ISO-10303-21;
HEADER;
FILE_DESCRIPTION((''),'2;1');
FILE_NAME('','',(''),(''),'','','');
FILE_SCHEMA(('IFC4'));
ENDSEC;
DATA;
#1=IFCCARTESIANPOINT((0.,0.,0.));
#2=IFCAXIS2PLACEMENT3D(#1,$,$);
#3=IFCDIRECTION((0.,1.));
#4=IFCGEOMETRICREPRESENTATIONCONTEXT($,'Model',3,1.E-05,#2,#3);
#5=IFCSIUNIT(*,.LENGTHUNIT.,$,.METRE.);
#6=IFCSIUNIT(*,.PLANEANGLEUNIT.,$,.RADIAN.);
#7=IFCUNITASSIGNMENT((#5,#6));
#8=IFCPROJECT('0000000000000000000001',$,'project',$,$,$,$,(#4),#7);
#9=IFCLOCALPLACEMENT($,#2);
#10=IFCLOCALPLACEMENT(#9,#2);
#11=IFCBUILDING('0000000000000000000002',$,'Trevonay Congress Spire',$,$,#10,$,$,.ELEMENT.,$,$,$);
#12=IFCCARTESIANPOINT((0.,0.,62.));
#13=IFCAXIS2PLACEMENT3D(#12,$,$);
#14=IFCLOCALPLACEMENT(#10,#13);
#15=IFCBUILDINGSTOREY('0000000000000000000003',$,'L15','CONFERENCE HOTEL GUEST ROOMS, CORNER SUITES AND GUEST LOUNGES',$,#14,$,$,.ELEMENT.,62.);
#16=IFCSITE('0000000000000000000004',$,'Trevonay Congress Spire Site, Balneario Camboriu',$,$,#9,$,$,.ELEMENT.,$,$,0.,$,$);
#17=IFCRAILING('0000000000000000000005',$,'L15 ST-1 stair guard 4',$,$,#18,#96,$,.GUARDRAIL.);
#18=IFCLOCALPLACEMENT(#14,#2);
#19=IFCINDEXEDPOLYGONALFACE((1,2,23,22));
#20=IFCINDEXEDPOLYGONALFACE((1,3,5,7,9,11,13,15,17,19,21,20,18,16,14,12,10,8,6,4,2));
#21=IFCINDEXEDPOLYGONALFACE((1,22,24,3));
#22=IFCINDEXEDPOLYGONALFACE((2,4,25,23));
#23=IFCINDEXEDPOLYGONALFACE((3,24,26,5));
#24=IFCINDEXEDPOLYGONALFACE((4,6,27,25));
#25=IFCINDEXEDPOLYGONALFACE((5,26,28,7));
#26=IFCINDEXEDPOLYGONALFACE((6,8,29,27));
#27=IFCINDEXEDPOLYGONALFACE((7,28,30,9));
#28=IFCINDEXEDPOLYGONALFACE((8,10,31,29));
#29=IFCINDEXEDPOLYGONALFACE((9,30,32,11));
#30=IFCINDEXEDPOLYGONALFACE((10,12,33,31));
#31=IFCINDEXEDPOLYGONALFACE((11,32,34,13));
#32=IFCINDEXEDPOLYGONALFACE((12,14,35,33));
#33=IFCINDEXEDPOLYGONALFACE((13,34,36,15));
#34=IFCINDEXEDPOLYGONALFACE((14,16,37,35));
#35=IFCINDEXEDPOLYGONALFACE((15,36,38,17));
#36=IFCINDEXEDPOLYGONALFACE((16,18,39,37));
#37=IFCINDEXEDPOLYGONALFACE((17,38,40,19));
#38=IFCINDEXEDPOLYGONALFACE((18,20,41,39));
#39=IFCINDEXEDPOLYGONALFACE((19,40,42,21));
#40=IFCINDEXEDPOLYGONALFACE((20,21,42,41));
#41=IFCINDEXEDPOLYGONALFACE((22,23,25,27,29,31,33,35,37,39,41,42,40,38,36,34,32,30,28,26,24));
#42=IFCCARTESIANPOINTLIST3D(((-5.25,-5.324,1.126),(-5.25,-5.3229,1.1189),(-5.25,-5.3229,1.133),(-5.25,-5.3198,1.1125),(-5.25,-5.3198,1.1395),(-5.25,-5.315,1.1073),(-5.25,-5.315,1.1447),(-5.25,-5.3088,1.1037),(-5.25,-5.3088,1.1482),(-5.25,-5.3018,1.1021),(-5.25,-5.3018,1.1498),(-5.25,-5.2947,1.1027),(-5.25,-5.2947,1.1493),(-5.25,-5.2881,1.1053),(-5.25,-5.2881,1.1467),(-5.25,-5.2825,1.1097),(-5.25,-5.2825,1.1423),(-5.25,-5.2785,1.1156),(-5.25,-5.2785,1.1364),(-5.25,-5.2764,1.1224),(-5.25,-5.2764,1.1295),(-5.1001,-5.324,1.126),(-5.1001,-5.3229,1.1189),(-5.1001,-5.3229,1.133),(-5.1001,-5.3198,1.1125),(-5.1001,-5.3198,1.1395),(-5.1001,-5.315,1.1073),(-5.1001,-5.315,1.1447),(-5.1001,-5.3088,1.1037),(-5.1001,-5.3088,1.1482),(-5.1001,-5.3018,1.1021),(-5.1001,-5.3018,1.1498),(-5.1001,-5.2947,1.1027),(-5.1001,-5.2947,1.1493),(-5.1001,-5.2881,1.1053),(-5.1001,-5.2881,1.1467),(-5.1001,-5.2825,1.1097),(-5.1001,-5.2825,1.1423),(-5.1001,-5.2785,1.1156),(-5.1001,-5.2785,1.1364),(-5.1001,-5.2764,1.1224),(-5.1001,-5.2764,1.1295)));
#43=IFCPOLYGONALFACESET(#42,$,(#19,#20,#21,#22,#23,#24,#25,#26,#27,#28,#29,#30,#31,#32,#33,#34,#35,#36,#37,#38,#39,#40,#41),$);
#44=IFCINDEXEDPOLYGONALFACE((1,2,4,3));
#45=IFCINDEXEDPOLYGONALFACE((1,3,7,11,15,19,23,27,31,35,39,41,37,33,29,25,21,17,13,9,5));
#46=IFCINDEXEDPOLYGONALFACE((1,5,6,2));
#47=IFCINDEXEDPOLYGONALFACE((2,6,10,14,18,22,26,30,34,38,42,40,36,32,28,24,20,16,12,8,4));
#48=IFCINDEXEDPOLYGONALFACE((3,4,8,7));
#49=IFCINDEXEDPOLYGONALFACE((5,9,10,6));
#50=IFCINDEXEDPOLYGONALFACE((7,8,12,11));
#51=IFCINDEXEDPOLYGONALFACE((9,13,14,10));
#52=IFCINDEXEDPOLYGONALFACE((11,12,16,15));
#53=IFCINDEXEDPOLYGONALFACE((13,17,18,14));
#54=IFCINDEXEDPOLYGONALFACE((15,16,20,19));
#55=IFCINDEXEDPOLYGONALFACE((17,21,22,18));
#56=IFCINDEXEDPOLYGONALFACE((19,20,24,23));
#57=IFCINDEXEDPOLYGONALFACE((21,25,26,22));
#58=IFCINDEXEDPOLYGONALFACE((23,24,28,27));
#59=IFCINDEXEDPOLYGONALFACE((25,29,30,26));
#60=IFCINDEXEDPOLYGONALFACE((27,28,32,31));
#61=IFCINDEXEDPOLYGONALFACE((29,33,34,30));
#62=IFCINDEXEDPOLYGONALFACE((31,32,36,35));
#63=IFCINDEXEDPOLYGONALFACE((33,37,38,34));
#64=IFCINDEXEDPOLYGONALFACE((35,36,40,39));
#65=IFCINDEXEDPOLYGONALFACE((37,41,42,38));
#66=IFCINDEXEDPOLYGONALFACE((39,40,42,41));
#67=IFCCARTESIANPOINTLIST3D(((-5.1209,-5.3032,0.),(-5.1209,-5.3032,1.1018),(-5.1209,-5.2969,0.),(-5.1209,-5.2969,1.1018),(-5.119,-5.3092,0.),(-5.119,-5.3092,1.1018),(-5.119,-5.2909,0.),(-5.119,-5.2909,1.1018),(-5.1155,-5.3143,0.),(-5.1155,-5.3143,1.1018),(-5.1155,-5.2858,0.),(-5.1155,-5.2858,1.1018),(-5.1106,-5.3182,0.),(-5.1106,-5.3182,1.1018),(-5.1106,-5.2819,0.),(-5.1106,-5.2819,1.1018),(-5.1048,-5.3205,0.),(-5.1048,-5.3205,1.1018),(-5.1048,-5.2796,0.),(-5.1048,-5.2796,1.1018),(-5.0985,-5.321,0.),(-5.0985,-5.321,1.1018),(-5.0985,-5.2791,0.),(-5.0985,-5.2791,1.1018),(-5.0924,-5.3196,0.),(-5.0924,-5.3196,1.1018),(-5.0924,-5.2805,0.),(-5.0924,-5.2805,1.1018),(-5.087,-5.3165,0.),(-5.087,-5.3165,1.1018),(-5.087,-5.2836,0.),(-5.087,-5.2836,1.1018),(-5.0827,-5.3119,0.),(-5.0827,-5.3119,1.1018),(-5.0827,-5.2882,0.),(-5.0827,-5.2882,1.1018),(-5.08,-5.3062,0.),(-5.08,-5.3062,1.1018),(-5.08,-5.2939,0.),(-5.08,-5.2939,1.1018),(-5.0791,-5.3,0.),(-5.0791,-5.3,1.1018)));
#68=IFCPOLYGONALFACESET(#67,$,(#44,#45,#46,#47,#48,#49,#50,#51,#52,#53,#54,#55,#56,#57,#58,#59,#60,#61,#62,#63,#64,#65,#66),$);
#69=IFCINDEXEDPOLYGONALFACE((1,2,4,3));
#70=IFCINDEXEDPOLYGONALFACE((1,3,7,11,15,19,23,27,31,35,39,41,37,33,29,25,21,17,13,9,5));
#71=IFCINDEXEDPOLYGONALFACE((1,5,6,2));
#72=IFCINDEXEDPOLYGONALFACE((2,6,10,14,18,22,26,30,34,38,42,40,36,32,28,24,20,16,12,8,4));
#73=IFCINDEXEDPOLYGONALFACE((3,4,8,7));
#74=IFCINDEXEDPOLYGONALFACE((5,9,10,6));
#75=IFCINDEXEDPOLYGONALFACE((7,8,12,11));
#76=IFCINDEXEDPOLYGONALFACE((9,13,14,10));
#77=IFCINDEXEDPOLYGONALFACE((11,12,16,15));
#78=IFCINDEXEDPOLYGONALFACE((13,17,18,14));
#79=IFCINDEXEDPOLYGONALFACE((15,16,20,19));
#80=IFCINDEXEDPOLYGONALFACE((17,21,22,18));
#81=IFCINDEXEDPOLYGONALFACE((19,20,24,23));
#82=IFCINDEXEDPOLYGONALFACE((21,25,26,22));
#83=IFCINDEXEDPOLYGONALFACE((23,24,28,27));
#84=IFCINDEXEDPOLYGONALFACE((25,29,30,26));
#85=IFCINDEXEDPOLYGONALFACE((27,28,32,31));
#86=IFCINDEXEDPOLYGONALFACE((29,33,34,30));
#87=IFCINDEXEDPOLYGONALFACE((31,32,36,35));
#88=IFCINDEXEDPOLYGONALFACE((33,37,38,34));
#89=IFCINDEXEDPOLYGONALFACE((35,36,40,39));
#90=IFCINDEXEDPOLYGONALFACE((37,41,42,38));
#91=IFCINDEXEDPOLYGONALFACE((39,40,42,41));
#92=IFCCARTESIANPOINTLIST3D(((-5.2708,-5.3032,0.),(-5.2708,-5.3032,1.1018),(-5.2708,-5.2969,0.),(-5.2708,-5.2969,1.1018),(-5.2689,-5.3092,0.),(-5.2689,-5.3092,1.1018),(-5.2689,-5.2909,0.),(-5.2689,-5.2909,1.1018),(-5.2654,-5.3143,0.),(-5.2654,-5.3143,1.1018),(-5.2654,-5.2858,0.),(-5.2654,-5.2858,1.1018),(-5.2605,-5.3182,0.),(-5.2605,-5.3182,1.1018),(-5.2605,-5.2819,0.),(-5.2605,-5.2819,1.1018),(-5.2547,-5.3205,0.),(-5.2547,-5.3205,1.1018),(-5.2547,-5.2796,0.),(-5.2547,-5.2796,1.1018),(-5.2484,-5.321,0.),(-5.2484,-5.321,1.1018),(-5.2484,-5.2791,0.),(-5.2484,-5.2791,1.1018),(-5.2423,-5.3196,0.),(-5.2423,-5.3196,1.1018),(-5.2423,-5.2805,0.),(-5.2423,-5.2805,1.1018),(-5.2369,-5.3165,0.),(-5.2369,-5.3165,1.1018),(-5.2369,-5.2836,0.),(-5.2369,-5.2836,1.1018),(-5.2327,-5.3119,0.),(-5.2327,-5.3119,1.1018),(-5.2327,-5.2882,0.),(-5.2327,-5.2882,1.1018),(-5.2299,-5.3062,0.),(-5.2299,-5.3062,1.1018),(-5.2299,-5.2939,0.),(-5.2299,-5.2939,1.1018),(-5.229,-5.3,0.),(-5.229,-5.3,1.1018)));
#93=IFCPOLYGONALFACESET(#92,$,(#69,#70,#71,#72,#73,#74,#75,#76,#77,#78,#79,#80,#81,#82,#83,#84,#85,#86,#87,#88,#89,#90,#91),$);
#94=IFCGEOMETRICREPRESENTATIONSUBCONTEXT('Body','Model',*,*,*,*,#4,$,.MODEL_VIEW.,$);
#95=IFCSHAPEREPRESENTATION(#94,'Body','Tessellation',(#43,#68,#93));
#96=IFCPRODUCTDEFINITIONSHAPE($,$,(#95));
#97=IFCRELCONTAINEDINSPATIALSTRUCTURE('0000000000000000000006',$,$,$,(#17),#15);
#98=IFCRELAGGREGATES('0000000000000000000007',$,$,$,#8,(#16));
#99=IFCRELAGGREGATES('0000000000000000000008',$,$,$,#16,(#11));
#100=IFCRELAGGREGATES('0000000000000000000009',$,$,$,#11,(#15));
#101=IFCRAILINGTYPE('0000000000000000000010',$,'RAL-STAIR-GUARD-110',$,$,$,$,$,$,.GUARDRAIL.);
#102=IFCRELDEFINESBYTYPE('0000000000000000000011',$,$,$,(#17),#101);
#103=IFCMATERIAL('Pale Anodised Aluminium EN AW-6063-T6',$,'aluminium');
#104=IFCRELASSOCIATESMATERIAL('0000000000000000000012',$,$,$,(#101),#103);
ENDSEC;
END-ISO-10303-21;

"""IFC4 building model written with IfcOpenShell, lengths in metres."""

from ifc_helpers import new_model, si_unit, direction, frame, origin, origin_2d, place, context, subcontext, project, spatial, circle, extrude, material, type_object, element, save


model = new_model("IFC4")

# Units and contexts
model_context = context("Model", 3, precision=1e-05, world=origin(), true_north=direction((0.0, 1.0)))
body_context = subcontext(model_context, "Body", "Model", "MODEL_VIEW")
ifc_project = project(units=[si_unit("LENGTHUNIT", "METRE"), si_unit("PLANEANGLEUNIT", "RADIAN")], contexts=[model_context])

# Site, building, storey
site_placement = place(None, origin())
site = spatial("IfcSite", under=ifc_project, at=site_placement, Name="Trevonay Congress Spire Site, Balneario Camboriu", CompositionType="ELEMENT", RefElevation=0.0)
building_placement = place(site_placement, origin())
building = spatial("IfcBuilding", under=site, at=building_placement, Name="Trevonay Congress Spire", CompositionType="ELEMENT")
storey_placement = place(building_placement, frame((0.0, 0.0, 62.0)))
storey = spatial("IfcBuildingStorey", under=building, at=storey_placement, Name="L15", Description="CONFERENCE HOTEL GUEST ROOMS, CORNER SUITES AND GUEST LOUNGES", CompositionType="ELEMENT", Elevation=62.0)

# Shared definitions
ifc_material_1 = material(Name="Pale Anodised Aluminium EN AW-6063-T6", Category="aluminium")

# Railing
railing_type_1 = type_object("IfcRailingType", Name="RAL-STAIR-GUARD-110", PredefinedType="GUARDRAIL", material=ifc_material_1)
railing_1_placement = place(storey_placement, frame((-5.1001, -5.3, 0.0)))
element("IfcRailing", 1, at=railing_1_placement, inside=storey, type_object=railing_type_1, Name="L15 ST-1 stair guard 4", PredefinedType="GUARDRAIL", context=body_context, shape_type="SweptSolid", body=[
    extrude(circle(Radius=0.0239, at=origin_2d()), frame((0.0, 0.0, 1.126), z_axis=(-1.0, 0.0, 0.0), x_axis=(0.0, -1.0, 0.0)), (0.0, 0.0, 1.0), 0.1499),
    extrude(circle(Radius=0.021, at=origin_2d()), origin(), (0.0, 0.0, 1.0), 1.1018),
    extrude(circle(Radius=0.021, at=origin_2d()), frame((-0.1499, 0.0, 0.0)), (0.0, 0.0, 1.0), 1.1018),
])

save(model, "model.ifc")
